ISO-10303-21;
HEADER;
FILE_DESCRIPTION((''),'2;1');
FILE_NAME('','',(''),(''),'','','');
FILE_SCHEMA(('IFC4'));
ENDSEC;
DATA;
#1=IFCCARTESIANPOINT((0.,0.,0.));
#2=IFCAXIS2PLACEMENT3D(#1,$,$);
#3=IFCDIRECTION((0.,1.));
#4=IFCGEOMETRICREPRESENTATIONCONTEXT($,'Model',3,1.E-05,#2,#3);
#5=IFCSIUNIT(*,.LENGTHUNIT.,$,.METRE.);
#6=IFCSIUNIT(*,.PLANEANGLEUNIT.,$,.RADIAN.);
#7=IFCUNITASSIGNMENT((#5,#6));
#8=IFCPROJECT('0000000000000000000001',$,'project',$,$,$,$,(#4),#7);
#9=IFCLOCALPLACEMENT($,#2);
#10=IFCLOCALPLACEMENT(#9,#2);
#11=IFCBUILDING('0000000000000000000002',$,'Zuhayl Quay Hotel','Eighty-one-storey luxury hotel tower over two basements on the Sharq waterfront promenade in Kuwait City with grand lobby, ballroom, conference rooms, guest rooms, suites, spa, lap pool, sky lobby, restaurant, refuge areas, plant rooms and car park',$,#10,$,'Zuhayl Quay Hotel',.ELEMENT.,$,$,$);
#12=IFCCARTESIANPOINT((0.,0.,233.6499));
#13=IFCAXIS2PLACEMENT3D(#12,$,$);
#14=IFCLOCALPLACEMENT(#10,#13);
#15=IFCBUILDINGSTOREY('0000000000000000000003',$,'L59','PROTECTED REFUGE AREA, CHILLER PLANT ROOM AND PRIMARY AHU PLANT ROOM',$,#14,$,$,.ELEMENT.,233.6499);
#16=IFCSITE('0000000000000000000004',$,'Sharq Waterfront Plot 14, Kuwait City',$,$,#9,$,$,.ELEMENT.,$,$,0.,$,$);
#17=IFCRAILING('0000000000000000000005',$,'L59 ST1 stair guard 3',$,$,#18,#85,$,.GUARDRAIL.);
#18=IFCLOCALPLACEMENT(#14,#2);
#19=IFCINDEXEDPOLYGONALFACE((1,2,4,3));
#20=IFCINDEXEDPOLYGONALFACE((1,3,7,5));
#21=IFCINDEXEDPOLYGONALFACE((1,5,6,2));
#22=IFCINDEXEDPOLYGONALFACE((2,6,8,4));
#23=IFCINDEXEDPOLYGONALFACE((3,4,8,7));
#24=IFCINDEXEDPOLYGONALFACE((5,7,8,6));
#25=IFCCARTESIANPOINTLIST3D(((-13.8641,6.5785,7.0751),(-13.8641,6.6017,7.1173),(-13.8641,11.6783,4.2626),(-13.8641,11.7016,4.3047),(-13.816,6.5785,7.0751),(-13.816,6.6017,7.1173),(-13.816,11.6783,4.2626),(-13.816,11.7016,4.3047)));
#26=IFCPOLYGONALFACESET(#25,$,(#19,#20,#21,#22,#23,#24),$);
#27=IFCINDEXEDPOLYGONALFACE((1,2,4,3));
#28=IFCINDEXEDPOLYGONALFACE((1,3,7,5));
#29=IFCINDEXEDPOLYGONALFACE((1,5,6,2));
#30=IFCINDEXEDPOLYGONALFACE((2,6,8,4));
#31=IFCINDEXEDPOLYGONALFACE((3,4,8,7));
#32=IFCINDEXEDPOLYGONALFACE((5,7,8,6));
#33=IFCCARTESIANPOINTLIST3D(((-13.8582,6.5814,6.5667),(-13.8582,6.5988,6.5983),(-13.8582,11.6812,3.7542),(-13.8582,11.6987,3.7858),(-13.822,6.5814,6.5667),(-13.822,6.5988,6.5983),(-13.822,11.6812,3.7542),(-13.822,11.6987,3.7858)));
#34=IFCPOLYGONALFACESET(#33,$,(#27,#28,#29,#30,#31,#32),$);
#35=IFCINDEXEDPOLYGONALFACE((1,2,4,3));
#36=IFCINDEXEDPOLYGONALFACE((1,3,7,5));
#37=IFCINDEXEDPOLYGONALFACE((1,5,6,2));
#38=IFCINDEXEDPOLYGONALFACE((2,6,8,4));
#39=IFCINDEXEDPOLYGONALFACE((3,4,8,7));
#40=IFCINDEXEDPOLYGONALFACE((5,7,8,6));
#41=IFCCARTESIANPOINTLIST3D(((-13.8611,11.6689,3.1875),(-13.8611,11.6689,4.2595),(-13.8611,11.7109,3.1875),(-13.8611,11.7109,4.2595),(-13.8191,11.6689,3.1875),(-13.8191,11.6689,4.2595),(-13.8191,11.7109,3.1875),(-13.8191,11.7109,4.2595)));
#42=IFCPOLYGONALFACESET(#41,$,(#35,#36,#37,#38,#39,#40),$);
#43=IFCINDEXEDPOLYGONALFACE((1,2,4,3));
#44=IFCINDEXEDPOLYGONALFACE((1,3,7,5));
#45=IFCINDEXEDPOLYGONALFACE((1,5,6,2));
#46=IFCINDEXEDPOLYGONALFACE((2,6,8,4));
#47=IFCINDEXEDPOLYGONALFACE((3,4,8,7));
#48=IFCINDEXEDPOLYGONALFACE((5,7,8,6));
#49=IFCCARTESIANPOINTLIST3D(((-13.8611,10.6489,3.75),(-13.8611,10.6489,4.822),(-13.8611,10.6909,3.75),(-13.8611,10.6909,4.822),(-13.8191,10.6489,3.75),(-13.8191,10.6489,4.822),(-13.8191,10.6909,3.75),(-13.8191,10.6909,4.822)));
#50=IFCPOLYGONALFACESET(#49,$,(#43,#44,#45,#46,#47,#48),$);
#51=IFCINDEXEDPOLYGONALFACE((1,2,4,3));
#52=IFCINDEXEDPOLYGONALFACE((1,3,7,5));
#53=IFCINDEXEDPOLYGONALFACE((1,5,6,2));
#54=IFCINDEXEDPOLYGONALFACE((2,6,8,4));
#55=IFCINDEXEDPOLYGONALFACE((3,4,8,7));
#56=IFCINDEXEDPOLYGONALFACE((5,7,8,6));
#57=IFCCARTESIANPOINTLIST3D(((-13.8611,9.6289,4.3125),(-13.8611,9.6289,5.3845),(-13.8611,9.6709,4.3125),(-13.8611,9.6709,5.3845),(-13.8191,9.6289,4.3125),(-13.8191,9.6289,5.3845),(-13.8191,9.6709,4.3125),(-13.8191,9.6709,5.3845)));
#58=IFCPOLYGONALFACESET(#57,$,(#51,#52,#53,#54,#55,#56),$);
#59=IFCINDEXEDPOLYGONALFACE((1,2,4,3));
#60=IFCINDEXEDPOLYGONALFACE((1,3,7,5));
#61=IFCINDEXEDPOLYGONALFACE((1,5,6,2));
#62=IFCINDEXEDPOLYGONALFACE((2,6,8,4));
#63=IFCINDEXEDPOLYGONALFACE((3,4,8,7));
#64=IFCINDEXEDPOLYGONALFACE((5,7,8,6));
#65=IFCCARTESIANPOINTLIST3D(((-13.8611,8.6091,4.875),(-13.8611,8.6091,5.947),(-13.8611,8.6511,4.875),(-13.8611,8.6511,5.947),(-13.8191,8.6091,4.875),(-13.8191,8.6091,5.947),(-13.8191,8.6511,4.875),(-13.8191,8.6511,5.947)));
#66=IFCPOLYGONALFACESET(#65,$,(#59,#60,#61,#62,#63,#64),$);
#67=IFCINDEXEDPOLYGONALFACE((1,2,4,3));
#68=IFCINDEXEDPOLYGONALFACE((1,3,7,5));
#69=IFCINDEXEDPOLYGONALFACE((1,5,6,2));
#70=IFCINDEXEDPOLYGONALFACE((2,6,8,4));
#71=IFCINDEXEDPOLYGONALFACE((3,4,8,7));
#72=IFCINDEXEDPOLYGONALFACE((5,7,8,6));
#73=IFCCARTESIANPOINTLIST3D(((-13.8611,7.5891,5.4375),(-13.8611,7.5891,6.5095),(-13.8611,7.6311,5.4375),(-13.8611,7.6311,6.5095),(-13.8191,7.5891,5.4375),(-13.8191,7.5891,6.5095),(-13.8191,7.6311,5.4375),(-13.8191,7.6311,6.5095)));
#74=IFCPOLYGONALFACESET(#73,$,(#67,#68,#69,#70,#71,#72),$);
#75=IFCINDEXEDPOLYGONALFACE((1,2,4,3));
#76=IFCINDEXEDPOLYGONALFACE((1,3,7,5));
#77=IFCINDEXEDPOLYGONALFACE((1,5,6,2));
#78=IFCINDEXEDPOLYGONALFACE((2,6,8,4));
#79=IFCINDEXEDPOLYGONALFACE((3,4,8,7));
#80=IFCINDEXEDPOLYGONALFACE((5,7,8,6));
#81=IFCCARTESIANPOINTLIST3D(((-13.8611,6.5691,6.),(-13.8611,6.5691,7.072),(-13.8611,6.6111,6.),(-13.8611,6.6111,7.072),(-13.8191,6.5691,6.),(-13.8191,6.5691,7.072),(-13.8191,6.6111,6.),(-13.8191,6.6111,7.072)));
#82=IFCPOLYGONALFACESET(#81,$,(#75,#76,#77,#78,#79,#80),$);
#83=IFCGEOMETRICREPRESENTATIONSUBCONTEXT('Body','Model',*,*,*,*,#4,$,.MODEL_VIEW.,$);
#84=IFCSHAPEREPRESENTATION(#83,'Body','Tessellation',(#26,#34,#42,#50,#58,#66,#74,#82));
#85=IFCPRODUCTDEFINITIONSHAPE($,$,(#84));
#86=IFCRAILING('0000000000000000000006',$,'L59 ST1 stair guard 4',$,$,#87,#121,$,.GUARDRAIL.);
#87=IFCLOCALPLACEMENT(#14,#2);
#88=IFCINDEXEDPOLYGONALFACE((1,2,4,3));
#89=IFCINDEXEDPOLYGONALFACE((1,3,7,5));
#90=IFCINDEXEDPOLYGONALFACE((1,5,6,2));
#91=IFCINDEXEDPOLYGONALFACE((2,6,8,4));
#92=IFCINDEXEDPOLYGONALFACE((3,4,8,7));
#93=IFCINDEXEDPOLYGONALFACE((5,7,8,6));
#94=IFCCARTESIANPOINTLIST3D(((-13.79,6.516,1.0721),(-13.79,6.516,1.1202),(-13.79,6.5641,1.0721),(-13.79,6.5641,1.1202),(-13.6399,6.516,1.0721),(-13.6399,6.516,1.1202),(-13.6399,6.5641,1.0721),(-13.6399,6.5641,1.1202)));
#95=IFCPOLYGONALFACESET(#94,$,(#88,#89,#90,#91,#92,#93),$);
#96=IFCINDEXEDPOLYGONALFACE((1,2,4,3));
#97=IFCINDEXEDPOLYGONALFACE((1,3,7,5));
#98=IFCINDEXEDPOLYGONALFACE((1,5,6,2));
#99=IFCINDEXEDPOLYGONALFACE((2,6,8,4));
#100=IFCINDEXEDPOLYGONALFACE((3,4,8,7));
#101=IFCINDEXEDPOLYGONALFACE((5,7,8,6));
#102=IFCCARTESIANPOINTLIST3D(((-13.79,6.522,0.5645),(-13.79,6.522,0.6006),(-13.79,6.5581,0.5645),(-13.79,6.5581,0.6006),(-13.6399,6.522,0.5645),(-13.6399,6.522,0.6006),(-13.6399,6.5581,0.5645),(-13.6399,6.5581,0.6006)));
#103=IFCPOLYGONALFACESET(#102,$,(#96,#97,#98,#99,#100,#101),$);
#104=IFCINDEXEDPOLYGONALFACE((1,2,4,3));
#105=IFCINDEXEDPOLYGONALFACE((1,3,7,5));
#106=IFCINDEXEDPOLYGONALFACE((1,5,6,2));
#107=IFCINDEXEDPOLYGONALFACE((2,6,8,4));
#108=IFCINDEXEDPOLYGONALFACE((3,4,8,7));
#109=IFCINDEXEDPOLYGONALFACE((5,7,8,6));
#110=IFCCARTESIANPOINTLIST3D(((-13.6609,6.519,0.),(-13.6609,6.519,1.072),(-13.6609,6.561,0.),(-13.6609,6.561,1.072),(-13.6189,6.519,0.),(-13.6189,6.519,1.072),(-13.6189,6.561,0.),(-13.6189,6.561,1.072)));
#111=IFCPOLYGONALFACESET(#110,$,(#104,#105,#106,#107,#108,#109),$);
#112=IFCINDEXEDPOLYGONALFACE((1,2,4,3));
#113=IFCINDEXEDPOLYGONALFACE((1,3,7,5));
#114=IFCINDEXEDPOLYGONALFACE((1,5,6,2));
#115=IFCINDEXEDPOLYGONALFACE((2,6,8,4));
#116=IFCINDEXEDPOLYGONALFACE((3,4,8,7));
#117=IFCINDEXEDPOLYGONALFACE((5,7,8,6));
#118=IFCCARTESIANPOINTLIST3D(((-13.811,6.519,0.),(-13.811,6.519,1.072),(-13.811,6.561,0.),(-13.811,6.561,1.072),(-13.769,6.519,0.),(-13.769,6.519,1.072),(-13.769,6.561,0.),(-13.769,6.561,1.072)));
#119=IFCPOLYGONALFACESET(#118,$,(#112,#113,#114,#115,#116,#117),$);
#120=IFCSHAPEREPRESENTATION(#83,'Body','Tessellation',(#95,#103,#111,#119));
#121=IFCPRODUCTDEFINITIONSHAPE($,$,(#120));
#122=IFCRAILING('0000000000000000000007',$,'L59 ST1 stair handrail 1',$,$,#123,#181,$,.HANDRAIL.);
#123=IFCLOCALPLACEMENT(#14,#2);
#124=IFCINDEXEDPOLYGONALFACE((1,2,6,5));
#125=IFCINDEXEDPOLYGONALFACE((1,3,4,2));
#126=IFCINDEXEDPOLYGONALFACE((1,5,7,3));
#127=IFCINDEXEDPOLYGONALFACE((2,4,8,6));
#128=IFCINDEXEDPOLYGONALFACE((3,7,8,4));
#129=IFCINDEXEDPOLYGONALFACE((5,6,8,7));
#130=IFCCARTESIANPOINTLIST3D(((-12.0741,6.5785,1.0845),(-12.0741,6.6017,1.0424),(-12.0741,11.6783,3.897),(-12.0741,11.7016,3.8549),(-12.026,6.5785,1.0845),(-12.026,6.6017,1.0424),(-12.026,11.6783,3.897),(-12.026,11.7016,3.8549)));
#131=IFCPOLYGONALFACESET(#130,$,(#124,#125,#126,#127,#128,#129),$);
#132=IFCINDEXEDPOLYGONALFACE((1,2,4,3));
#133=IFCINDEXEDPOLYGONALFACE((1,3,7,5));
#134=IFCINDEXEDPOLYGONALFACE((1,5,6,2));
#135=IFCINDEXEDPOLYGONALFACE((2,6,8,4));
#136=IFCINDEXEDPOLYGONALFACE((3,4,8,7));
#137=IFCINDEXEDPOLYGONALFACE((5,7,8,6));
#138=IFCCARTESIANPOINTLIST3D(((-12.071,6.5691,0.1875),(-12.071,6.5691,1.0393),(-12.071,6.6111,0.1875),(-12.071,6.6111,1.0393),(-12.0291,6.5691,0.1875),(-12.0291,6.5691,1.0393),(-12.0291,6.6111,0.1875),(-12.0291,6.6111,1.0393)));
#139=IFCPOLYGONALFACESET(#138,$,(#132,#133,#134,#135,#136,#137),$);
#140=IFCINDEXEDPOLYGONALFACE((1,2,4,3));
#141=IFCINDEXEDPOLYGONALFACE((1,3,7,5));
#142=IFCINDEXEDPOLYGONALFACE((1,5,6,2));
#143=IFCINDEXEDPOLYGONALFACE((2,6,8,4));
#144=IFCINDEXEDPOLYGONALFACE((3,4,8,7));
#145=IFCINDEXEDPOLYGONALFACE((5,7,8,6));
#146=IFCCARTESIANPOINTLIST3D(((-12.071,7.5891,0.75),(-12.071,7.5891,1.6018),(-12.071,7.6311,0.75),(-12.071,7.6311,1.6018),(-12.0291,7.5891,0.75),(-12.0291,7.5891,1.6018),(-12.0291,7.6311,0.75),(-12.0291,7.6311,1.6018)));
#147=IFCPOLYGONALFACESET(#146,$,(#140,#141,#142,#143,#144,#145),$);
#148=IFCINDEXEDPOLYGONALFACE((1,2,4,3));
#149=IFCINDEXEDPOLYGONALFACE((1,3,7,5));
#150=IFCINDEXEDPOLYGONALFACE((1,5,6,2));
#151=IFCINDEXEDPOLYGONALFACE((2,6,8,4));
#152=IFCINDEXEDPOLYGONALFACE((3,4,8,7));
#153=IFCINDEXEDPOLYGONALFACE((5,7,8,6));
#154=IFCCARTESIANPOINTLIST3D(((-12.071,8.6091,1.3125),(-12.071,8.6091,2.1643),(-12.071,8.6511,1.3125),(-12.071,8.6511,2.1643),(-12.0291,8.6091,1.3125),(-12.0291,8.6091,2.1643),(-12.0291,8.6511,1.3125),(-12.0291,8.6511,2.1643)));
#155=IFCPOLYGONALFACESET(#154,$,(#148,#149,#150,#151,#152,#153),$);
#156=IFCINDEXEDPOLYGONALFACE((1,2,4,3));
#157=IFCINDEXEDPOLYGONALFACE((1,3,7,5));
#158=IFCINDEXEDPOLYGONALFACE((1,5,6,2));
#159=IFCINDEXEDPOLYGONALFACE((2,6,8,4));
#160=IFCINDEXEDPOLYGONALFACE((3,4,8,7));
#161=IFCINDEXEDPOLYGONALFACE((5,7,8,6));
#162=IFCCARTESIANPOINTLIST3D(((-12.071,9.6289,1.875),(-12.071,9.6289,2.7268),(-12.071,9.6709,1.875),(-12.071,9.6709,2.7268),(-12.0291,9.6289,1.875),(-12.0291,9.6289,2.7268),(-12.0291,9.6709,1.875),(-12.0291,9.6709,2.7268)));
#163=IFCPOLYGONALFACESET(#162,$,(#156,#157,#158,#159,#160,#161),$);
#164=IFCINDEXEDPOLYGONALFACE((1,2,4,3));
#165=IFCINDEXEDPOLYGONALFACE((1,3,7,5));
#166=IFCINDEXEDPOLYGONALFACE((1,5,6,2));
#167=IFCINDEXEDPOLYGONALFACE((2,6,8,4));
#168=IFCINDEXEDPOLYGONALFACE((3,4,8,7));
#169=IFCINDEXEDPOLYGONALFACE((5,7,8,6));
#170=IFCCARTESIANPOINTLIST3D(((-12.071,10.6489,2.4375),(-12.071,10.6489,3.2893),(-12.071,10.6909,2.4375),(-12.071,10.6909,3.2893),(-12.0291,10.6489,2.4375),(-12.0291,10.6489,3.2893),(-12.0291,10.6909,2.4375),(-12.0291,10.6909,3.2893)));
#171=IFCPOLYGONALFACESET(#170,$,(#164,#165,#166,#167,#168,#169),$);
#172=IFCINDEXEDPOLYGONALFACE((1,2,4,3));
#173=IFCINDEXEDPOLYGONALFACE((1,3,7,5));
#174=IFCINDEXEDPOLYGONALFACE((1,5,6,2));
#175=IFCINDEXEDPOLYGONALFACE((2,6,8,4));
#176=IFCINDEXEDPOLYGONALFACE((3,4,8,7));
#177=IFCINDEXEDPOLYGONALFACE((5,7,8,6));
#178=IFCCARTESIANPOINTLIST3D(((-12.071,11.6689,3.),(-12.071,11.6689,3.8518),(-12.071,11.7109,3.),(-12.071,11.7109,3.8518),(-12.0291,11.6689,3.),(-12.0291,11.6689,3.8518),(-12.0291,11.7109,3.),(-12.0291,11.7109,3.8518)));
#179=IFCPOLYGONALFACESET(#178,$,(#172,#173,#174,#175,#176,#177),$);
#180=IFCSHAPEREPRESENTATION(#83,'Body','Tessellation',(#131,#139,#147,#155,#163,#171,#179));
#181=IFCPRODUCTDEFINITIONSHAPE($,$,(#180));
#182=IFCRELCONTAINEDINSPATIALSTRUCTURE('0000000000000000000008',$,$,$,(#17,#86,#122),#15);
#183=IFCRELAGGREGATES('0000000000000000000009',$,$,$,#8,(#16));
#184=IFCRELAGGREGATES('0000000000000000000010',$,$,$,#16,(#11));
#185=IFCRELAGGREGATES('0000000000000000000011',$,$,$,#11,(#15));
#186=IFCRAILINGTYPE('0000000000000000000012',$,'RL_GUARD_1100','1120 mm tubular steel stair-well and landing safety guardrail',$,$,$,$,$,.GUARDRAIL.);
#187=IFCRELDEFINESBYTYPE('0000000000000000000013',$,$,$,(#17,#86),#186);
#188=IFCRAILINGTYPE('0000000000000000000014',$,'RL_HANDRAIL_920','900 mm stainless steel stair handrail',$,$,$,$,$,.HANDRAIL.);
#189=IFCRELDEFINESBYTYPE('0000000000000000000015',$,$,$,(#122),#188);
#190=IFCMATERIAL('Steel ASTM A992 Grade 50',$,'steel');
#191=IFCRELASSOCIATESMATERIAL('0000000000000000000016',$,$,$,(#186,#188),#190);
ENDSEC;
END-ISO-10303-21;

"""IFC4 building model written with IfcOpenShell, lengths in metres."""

from ifc_helpers import new_model, si_unit, direction, frame, origin, origin_2d, place, context, subcontext, project, spatial, rectangle, extrude, material, type_object, element, save


model = new_model("IFC4")

# Units and contexts
model_context = context("Model", 3, precision=1e-05, world=origin(), true_north=direction((0.0, 1.0)))
body_context = subcontext(model_context, "Body", "Model", "MODEL_VIEW")
ifc_project = project(units=[si_unit("LENGTHUNIT", "METRE"), si_unit("PLANEANGLEUNIT", "RADIAN")], contexts=[model_context])

# Site, building, storey
site_placement = place(None, origin())
site = spatial("IfcSite", under=ifc_project, at=site_placement, Name="Sharq Waterfront Plot 14, Kuwait City", CompositionType="ELEMENT", RefElevation=0.0)
building_placement = place(site_placement, origin())
building = spatial("IfcBuilding", under=site, at=building_placement, Name="Zuhayl Quay Hotel", Description="Eighty-one-storey luxury hotel tower over two basements on the Sharq waterfront promenade in Kuwait City with grand lobby, ballroom, conference rooms, guest rooms, suites, spa, lap pool, sky lobby, restaurant, refuge areas, plant rooms and car park", LongName="Zuhayl Quay Hotel", CompositionType="ELEMENT")
storey_placement = place(building_placement, frame((0.0, 0.0, 233.6499)))
storey = spatial("IfcBuildingStorey", under=building, at=storey_placement, Name="L59", Description="PROTECTED REFUGE AREA, CHILLER PLANT ROOM AND PRIMARY AHU PLANT ROOM", CompositionType="ELEMENT", Elevation=233.6499)

# Shared definitions
ifc_material_1 = material(Name="Steel ASTM A992 Grade 50", Category="steel")

# Railings
railing_type_1 = type_object("IfcRailingType", Name="RL_GUARD_1100", Description="1120 mm tubular steel stair-well and landing safety guardrail", PredefinedType="GUARDRAIL", material=ifc_material_1)
railing_1_placement = place(storey_placement, frame((-13.8401, 11.6899, 3.1875)))
element("IfcRailing", 1, at=railing_1_placement, inside=storey, type_object=railing_type_1, Name="L59 ST1 stair guard 3", PredefinedType="GUARDRAIL", context=body_context, shape_type="SweptSolid", body=[
    extrude(rectangle(XDim=0.0481, YDim=0.0481, at=origin_2d()), frame((0.0, 0.0, 1.0962), z_axis=(0.0, -0.875666, 0.482918), x_axis=(1.0, 0.0, 0.0)), (0.0, 0.0, 1.0), 5.824),
    extrude(rectangle(XDim=0.0361, YDim=0.0361, at=origin_2d()), frame((0.0, 0.0, 0.5825), z_axis=(0.0, -0.875666, 0.482918), x_axis=(1.0, 0.0, 0.0)), (0.0, 0.0, 1.0), 5.824),
    extrude(rectangle(XDim=0.042, YDim=0.042, at=origin_2d()), origin(), (0.0, 0.0, 1.0), 1.072),
    extrude(rectangle(XDim=0.042, YDim=0.042, at=origin_2d()), frame((0.0, -1.02, 0.5625)), (0.0, 0.0, 1.0), 1.072),
    extrude(rectangle(XDim=0.042, YDim=0.042, at=origin_2d()), frame((0.0, -2.04, 1.125)), (0.0, 0.0, 1.0), 1.072),
    extrude(rectangle(XDim=0.042, YDim=0.042, at=origin_2d()), frame((0.0, -3.0598, 1.6875)), (0.0, 0.0, 1.0), 1.072),
    extrude(rectangle(XDim=0.042, YDim=0.042, at=origin_2d()), frame((0.0, -4.0798, 2.25)), (0.0, 0.0, 1.0), 1.072),
    extrude(rectangle(XDim=0.042, YDim=0.042, at=origin_2d()), frame((0.0, -5.0999, 2.8125)), (0.0, 0.0, 1.0), 1.072),
])
railing_2_placement = place(storey_placement, frame((-13.6399, 6.54, 0.0)))
element("IfcRailing", 2, at=railing_2_placement, inside=storey, type_object=railing_type_1, Name="L59 ST1 stair guard 4", PredefinedType="GUARDRAIL", context=body_context, shape_type="SweptSolid", body=[
    extrude(rectangle(XDim=0.0481, YDim=0.0481, at=origin_2d()), frame((0.0, 0.0, 1.0962), z_axis=(-1.0, 0.0, 0.0), x_axis=(0.0, -1.0, 0.0)), (0.0, 0.0, 1.0), 0.1501),
    extrude(rectangle(XDim=0.0361, YDim=0.0361, at=origin_2d()), frame((0.0, 0.0, 0.5825), z_axis=(-1.0, 0.0, 0.0), x_axis=(0.0, -1.0, 0.0)), (0.0, 0.0, 1.0), 0.1501),
    extrude(rectangle(XDim=0.042, YDim=0.042, at=origin_2d()), origin(), (0.0, 0.0, 1.0), 1.072),
    extrude(rectangle(XDim=0.042, YDim=0.042, at=origin_2d()), frame((-0.1501, 0.0, 0.0)), (0.0, 0.0, 1.0), 1.072),
])
railing_type_2 = type_object("IfcRailingType", Name="RL_HANDRAIL_920", Description="900 mm stainless steel stair handrail", PredefinedType="HANDRAIL", material=ifc_material_1)
railing_3_placement = place(storey_placement, frame((-12.05, 6.5901, 0.1875)))
element("IfcRailing", 3, at=railing_3_placement, inside=storey, type_object=railing_type_2, Name="L59 ST1 stair handrail 1", PredefinedType="HANDRAIL", context=body_context, shape_type="SweptSolid", body=[
    extrude(rectangle(XDim=0.0481, YDim=0.0481, at=origin_2d()), frame((0.0, 0.0, 0.876), z_axis=(0.0, 0.875666, 0.482918), x_axis=(-1.0, 0.0, 0.0)), (0.0, 0.0, 1.0), 5.824),
    extrude(rectangle(XDim=0.042, YDim=0.042, at=origin_2d()), origin(), (0.0, 0.0, 1.0), 0.8518),
    extrude(rectangle(XDim=0.042, YDim=0.042, at=origin_2d()), frame((0.0, 1.02, 0.5625)), (0.0, 0.0, 1.0), 0.8518),
    extrude(rectangle(XDim=0.042, YDim=0.042, at=origin_2d()), frame((0.0, 2.04, 1.125)), (0.0, 0.0, 1.0), 0.8518),
    extrude(rectangle(XDim=0.042, YDim=0.042, at=origin_2d()), frame((0.0, 3.0598, 1.6875)), (0.0, 0.0, 1.0), 0.8518),
    extrude(rectangle(XDim=0.042, YDim=0.042, at=origin_2d()), frame((0.0, 4.0798, 2.25)), (0.0, 0.0, 1.0), 0.8518),
    extrude(rectangle(XDim=0.042, YDim=0.042, at=origin_2d()), frame((0.0, 5.0999, 2.8125)), (0.0, 0.0, 1.0), 0.8518),
])

save(model, "model.ifc")
